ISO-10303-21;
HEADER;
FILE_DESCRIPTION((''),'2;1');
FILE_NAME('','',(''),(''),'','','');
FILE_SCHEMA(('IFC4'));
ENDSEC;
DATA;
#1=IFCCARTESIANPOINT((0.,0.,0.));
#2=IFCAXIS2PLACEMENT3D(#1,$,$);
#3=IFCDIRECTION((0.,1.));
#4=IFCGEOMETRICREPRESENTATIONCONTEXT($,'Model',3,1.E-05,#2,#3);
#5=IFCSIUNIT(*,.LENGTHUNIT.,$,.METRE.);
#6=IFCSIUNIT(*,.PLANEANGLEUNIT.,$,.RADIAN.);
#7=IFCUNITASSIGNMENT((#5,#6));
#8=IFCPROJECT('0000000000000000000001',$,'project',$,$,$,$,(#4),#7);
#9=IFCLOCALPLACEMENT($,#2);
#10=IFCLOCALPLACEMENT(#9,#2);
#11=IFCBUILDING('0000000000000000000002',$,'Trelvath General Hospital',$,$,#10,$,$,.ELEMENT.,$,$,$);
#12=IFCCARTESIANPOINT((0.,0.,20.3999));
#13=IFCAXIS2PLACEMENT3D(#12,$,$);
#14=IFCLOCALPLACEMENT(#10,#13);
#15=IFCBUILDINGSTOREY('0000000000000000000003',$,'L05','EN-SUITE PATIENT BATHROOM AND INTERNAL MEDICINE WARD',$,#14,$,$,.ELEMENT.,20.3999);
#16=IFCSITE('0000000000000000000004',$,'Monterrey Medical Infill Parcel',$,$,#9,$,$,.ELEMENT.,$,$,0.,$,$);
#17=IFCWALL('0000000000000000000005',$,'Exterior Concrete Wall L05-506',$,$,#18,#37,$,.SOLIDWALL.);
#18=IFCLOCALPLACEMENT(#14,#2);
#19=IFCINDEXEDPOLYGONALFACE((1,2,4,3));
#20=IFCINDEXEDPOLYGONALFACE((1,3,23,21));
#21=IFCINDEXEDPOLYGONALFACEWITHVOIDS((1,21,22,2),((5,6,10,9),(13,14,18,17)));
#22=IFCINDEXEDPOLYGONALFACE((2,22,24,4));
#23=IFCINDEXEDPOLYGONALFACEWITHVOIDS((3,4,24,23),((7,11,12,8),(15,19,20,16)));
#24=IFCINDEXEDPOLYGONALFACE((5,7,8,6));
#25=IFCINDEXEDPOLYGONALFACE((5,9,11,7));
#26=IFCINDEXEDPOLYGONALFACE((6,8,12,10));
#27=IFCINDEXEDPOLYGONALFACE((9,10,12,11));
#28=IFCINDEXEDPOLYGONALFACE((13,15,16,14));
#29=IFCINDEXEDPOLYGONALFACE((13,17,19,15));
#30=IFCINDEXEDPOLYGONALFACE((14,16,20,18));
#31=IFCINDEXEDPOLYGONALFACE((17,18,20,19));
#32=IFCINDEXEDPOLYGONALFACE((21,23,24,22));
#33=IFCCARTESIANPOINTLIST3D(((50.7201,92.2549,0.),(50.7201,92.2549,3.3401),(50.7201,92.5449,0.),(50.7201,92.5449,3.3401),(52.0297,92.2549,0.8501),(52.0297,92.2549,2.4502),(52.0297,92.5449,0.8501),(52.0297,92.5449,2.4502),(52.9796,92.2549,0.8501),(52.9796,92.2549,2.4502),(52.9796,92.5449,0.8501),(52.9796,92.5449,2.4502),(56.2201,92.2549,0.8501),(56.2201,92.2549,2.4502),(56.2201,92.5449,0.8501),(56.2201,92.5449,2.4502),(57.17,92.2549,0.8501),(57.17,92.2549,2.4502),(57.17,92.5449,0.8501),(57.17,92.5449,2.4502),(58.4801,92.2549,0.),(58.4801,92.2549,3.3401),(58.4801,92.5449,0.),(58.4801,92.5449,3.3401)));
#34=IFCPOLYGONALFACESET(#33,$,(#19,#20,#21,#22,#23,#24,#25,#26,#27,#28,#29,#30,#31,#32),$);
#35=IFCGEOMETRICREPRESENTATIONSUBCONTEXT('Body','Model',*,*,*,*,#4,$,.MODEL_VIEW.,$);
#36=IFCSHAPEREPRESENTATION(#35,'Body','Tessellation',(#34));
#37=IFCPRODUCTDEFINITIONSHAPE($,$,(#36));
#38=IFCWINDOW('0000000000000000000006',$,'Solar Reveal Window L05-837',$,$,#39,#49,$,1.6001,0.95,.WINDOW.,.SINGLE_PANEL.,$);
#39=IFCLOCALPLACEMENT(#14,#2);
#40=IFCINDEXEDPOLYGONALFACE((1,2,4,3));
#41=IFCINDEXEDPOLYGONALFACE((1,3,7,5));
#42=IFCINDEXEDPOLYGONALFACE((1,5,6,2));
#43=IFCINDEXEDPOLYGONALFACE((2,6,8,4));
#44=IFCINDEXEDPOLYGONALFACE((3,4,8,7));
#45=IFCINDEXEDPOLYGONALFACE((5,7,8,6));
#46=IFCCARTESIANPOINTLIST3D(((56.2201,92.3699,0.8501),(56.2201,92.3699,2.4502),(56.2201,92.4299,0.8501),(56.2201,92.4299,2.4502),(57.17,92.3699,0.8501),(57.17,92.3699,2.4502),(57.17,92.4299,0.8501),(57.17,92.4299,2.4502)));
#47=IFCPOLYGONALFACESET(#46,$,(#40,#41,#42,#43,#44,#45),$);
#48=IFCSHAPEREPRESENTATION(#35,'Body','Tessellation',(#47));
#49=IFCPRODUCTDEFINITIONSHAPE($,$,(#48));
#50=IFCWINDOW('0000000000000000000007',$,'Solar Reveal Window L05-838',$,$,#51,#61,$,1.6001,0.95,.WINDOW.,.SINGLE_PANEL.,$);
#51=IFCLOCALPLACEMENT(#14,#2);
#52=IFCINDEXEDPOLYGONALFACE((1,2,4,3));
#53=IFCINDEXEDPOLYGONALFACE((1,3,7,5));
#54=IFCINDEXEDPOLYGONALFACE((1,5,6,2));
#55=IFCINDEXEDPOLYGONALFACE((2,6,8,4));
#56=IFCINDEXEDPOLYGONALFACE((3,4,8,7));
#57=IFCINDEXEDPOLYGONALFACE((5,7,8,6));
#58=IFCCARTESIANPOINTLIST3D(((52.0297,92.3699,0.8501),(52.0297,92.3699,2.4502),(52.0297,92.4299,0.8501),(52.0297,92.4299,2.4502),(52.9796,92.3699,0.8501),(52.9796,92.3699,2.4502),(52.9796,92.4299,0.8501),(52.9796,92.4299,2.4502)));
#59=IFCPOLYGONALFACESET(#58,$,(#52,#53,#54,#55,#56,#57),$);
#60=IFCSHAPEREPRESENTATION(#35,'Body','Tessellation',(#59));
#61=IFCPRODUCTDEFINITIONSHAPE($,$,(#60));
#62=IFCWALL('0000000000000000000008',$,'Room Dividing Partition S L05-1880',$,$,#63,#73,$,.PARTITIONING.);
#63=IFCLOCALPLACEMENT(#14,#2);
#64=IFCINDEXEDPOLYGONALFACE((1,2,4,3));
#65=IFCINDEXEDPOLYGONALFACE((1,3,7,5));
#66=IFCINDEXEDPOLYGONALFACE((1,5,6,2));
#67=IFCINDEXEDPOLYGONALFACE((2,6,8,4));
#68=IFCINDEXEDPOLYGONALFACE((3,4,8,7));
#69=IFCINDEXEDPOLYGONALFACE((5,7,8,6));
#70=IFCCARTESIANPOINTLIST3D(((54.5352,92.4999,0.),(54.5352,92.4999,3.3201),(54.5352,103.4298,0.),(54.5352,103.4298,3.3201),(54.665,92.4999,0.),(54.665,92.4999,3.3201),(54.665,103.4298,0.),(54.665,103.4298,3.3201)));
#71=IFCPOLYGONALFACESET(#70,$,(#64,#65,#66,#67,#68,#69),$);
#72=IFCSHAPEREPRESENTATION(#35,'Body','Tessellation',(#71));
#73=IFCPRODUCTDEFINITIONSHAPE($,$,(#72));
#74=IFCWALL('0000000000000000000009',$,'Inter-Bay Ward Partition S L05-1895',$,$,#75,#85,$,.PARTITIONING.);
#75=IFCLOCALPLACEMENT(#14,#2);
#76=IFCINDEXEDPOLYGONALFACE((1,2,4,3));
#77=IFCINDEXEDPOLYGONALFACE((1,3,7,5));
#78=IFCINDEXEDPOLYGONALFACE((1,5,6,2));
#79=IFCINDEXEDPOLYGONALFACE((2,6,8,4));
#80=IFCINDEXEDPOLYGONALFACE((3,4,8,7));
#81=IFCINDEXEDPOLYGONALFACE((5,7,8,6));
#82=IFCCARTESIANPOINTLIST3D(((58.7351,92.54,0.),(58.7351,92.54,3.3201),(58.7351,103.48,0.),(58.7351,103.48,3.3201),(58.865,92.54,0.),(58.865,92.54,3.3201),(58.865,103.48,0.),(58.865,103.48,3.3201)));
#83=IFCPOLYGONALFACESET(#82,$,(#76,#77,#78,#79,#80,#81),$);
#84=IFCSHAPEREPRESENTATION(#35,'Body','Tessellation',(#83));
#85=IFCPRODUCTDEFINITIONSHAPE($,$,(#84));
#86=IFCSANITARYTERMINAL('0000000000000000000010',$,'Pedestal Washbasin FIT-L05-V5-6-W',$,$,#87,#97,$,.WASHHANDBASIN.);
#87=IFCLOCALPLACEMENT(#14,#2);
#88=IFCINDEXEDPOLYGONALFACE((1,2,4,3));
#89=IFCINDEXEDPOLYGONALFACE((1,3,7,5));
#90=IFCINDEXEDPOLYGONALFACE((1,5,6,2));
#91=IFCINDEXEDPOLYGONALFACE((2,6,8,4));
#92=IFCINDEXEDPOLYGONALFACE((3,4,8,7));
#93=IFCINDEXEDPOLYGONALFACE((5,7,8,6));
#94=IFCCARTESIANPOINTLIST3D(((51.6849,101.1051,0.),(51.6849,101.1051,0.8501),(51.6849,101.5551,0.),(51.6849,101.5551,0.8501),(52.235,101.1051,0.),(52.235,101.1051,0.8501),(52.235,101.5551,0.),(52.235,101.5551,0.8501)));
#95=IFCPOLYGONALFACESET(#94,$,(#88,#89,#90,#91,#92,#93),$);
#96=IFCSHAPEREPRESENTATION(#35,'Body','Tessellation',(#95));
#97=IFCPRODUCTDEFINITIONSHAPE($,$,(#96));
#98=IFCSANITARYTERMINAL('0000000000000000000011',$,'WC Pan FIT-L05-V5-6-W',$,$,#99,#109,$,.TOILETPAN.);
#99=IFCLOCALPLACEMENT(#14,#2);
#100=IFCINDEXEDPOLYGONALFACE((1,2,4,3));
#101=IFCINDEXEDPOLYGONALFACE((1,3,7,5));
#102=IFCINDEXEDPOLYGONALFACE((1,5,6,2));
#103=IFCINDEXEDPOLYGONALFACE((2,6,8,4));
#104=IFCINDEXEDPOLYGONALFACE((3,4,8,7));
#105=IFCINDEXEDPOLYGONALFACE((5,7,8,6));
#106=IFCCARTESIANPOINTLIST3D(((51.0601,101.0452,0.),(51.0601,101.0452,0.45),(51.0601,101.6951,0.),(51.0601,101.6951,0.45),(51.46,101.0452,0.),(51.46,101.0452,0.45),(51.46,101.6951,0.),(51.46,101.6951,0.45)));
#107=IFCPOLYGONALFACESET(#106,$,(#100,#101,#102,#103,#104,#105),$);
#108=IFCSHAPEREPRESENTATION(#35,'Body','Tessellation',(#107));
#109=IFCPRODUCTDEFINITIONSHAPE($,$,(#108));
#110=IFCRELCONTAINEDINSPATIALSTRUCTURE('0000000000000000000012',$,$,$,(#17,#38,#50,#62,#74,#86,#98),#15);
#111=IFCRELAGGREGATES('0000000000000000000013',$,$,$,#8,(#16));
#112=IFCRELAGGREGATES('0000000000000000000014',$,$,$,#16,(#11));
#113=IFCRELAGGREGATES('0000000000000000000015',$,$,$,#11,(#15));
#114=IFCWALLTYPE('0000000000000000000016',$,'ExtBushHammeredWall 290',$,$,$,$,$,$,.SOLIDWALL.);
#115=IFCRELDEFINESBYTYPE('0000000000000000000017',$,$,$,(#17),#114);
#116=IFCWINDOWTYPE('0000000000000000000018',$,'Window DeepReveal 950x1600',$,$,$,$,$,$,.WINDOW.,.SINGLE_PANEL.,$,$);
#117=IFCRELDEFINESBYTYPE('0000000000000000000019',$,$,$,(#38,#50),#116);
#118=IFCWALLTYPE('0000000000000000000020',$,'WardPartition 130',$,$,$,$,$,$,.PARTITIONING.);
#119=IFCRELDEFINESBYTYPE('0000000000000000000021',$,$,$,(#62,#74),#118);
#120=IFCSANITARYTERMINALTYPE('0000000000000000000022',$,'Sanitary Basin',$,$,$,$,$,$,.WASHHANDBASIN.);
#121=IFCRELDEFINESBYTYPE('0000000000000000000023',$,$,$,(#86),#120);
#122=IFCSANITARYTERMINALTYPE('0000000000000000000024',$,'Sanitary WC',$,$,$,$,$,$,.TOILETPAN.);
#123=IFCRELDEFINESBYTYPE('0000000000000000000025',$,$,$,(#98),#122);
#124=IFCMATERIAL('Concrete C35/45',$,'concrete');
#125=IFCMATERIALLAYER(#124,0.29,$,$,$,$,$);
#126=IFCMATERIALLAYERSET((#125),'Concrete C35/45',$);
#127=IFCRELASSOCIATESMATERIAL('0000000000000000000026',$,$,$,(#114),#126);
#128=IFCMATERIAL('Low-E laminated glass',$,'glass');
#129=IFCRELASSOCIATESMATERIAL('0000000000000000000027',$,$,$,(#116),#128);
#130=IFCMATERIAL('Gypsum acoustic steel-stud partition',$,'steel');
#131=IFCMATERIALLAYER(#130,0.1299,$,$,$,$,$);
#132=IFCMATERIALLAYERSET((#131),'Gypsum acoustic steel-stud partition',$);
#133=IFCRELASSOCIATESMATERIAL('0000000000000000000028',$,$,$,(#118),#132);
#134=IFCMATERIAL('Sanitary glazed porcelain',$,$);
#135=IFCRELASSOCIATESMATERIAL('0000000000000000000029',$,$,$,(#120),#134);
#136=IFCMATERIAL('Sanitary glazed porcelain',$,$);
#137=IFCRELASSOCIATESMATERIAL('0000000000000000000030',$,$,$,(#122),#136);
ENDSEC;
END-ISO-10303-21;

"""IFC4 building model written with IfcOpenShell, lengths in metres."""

from ifc_helpers import new_model, si_unit, direction, frame, frame_2d, origin, origin_2d, place, context, subcontext, project, spatial, rectangle, extrude, material, layer, layer_set, type_object, element, fill, save


model = new_model("IFC4")

# Units and contexts
model_context = context("Model", 3, precision=1e-05, world=origin(), true_north=direction((0.0, 1.0)))
body_context = subcontext(model_context, "Body", "Model", "MODEL_VIEW")
ifc_project = project(units=[si_unit("LENGTHUNIT", "METRE"), si_unit("PLANEANGLEUNIT", "RADIAN")], contexts=[model_context])

# Site, building, storey
site_placement = place(None, origin())
site = spatial("IfcSite", under=ifc_project, at=site_placement, Name="Monterrey Medical Infill Parcel", CompositionType="ELEMENT", RefElevation=0.0)
building_placement = place(site_placement, origin())
building = spatial("IfcBuilding", under=site, at=building_placement, Name="Trelvath General Hospital", CompositionType="ELEMENT")
storey_placement = place(building_placement, frame((0.0, 0.0, 20.3999)))
storey = spatial("IfcBuildingStorey", under=building, at=storey_placement, Name="L05", Description="EN-SUITE PATIENT BATHROOM AND INTERNAL MEDICINE WARD", CompositionType="ELEMENT", Elevation=20.3999)

# Wall, openings, windows
ifc_material_1 = material(Name="Concrete C35/45", Category="concrete")
ifc_layer_1 = layer(ifc_material_1, 0.29)
ifc_layer_set_1 = layer_set([ifc_layer_1], Name="Concrete C35/45")
wall_type_1 = type_object("IfcWallType", Name="ExtBushHammeredWall 290", PredefinedType="SOLIDWALL", material=ifc_layer_set_1)
wall_1_placement = place(storey_placement, frame((58.48, 92.3999, 0.0), z_axis=(0.0, 0.0, 1.0), x_axis=(-1.0, 0.0, 0.0)))
wall_1 = element("IfcWall", 1, at=wall_1_placement, inside=storey, type_object=wall_type_1, Name="Exterior Concrete Wall L05-506", PredefinedType="SOLIDWALL", context=body_context, shape_type="SweptSolid", body=[
    extrude(rectangle(XDim=7.76, YDim=0.29, at=frame_2d((3.8799, 0.0))), origin(), (0.0, 0.0, 1.0), 3.3401),
])
opening_1_placement = place(wall_1_placement, frame((1.3098, 0.0, 0.8501)))
opening_1 = element("IfcOpeningElement", 2, at=opening_1_placement, cuts=wall_1, PredefinedType="OPENING", context=body_context, shape_type="SweptSolid", body=[
    extrude(rectangle(XDim=0.95, YDim=1.6001, at=frame_2d((0.4751, 0.8))), frame((0.0, 0.155, 0.0), z_axis=(0.0, -1.0, 0.0), x_axis=(1.0, 0.0, 0.0)), (0.0, 0.0, 1.0), 0.3101),
])
opening_2_placement = place(wall_1_placement, frame((5.5002, 0.0, 0.8501)))
opening_2 = element("IfcOpeningElement", 3, at=opening_2_placement, cuts=wall_1, PredefinedType="OPENING", context=body_context, shape_type="SweptSolid", body=[
    extrude(rectangle(XDim=0.95, YDim=1.6001, at=frame_2d((0.4751, 0.8))), frame((0.0, 0.155, 0.0), z_axis=(0.0, -1.0, 0.0), x_axis=(1.0, 0.0, 0.0)), (0.0, 0.0, 1.0), 0.3101),
])
ifc_material_2 = material(Name="Low-E laminated glass", Category="glass")
window_type = type_object("IfcWindowType", Name="Window DeepReveal 950x1600", PartitioningType="SINGLE_PANEL", PredefinedType="WINDOW", material=ifc_material_2)
window_1_placement = place(opening_1_placement, origin())
window_1 = element("IfcWindow", 4, at=window_1_placement, inside=storey, type_object=window_type, Name="Solar Reveal Window L05-837", OverallHeight=1.6001, OverallWidth=0.95, PartitioningType="SINGLE_PANEL", PredefinedType="WINDOW", context=body_context, shape_type="SweptSolid", body=[
    extrude(rectangle(XDim=0.95, YDim=1.6001, at=frame_2d((0.4751, 0.8))), frame((0.0, 0.03, 0.0), z_axis=(0.0, -1.0, 0.0), x_axis=(1.0, 0.0, 0.0)), (0.0, 0.0, 1.0), 0.0601),
])
fill(opening_1, window_1)
window_2_placement = place(opening_2_placement, origin())
window_2 = element("IfcWindow", 5, at=window_2_placement, inside=storey, type_object=window_type, Name="Solar Reveal Window L05-838", OverallHeight=1.6001, OverallWidth=0.95, PartitioningType="SINGLE_PANEL", PredefinedType="WINDOW", context=body_context, shape_type="SweptSolid", body=[
    extrude(rectangle(XDim=0.95, YDim=1.6001, at=frame_2d((0.4751, 0.8))), frame((0.0, 0.03, 0.0), z_axis=(0.0, -1.0, 0.0), x_axis=(1.0, 0.0, 0.0)), (0.0, 0.0, 1.0), 0.0601),
])
fill(opening_2, window_2)

# Walls
ifc_material_3 = material(Name="Gypsum acoustic steel-stud partition", Category="steel")
ifc_layer_2 = layer(ifc_material_3, 0.1299)
ifc_layer_set_2 = layer_set([ifc_layer_2], Name="Gypsum acoustic steel-stud partition")
wall_type_2 = type_object("IfcWallType", Name="WardPartition 130", PredefinedType="PARTITIONING", material=ifc_layer_set_2)
wall_2_placement = place(storey_placement, frame((54.6001, 92.5, 0.0), z_axis=(0.0, 0.0, 1.0), x_axis=(0.0, 1.0, 0.0)))
element("IfcWall", 6, at=wall_2_placement, inside=storey, type_object=wall_type_2, Name="Room Dividing Partition S L05-1880", PredefinedType="PARTITIONING", context=body_context, shape_type="SweptSolid", body=[
    extrude(rectangle(XDim=10.9299, YDim=0.1299, at=frame_2d((5.4648, 0.0))), origin(), (0.0, 0.0, 1.0), 3.3201),
])
wall_3_placement = place(storey_placement, frame((58.8, 92.54, 0.0), z_axis=(0.0, 0.0, 1.0), x_axis=(0.0, 1.0, 0.0)))
element("IfcWall", 7, at=wall_3_placement, inside=storey, type_object=wall_type_2, Name="Inter-Bay Ward Partition S L05-1895", PredefinedType="PARTITIONING", context=body_context, shape_type="SweptSolid", body=[
    extrude(rectangle(XDim=10.9399, YDim=0.1299, at=frame_2d((5.47, 0.0))), origin(), (0.0, 0.0, 1.0), 3.3201),
])

# Sanitary terminals
ifc_material_4 = material(Name="Sanitary glazed porcelain")
sanitary_terminal_type_1 = type_object("IfcSanitaryTerminalType", Name="Sanitary Basin", PredefinedType="WASHHANDBASIN", material=ifc_material_4)
sanitary_terminal_1_placement = place(storey_placement, frame((51.96, 101.3301, 0.0), z_axis=(0.0, 0.0, 1.0), x_axis=(1.0, 0.0, 0.0)))
element("IfcSanitaryTerminal", 8, at=sanitary_terminal_1_placement, inside=storey, type_object=sanitary_terminal_type_1, Name="Pedestal Washbasin FIT-L05-V5-6-W", PredefinedType="WASHHANDBASIN", context=body_context, shape_type="SweptSolid", body=[
    extrude(rectangle(XDim=0.55, YDim=0.45, at=origin_2d()), origin(), (0.0, 0.0, 1.0), 0.8501),
])
ifc_material_5 = material(Name="Sanitary glazed porcelain")
sanitary_terminal_type_2 = type_object("IfcSanitaryTerminalType", Name="Sanitary WC", PredefinedType="TOILETPAN", material=ifc_material_5)
sanitary_terminal_2_placement = place(storey_placement, frame((51.26, 101.3701, 0.0), z_axis=(0.0, 0.0, 1.0), x_axis=(1.0, 0.0, 0.0)))
element("IfcSanitaryTerminal", 9, at=sanitary_terminal_2_placement, inside=storey, type_object=sanitary_terminal_type_2, Name="WC Pan FIT-L05-V5-6-W", PredefinedType="TOILETPAN", context=body_context, shape_type="SweptSolid", body=[
    extrude(rectangle(XDim=0.3999, YDim=0.6499, at=origin_2d()), origin(), (0.0, 0.0, 1.0), 0.45),
])

save(model, "model.ifc")
